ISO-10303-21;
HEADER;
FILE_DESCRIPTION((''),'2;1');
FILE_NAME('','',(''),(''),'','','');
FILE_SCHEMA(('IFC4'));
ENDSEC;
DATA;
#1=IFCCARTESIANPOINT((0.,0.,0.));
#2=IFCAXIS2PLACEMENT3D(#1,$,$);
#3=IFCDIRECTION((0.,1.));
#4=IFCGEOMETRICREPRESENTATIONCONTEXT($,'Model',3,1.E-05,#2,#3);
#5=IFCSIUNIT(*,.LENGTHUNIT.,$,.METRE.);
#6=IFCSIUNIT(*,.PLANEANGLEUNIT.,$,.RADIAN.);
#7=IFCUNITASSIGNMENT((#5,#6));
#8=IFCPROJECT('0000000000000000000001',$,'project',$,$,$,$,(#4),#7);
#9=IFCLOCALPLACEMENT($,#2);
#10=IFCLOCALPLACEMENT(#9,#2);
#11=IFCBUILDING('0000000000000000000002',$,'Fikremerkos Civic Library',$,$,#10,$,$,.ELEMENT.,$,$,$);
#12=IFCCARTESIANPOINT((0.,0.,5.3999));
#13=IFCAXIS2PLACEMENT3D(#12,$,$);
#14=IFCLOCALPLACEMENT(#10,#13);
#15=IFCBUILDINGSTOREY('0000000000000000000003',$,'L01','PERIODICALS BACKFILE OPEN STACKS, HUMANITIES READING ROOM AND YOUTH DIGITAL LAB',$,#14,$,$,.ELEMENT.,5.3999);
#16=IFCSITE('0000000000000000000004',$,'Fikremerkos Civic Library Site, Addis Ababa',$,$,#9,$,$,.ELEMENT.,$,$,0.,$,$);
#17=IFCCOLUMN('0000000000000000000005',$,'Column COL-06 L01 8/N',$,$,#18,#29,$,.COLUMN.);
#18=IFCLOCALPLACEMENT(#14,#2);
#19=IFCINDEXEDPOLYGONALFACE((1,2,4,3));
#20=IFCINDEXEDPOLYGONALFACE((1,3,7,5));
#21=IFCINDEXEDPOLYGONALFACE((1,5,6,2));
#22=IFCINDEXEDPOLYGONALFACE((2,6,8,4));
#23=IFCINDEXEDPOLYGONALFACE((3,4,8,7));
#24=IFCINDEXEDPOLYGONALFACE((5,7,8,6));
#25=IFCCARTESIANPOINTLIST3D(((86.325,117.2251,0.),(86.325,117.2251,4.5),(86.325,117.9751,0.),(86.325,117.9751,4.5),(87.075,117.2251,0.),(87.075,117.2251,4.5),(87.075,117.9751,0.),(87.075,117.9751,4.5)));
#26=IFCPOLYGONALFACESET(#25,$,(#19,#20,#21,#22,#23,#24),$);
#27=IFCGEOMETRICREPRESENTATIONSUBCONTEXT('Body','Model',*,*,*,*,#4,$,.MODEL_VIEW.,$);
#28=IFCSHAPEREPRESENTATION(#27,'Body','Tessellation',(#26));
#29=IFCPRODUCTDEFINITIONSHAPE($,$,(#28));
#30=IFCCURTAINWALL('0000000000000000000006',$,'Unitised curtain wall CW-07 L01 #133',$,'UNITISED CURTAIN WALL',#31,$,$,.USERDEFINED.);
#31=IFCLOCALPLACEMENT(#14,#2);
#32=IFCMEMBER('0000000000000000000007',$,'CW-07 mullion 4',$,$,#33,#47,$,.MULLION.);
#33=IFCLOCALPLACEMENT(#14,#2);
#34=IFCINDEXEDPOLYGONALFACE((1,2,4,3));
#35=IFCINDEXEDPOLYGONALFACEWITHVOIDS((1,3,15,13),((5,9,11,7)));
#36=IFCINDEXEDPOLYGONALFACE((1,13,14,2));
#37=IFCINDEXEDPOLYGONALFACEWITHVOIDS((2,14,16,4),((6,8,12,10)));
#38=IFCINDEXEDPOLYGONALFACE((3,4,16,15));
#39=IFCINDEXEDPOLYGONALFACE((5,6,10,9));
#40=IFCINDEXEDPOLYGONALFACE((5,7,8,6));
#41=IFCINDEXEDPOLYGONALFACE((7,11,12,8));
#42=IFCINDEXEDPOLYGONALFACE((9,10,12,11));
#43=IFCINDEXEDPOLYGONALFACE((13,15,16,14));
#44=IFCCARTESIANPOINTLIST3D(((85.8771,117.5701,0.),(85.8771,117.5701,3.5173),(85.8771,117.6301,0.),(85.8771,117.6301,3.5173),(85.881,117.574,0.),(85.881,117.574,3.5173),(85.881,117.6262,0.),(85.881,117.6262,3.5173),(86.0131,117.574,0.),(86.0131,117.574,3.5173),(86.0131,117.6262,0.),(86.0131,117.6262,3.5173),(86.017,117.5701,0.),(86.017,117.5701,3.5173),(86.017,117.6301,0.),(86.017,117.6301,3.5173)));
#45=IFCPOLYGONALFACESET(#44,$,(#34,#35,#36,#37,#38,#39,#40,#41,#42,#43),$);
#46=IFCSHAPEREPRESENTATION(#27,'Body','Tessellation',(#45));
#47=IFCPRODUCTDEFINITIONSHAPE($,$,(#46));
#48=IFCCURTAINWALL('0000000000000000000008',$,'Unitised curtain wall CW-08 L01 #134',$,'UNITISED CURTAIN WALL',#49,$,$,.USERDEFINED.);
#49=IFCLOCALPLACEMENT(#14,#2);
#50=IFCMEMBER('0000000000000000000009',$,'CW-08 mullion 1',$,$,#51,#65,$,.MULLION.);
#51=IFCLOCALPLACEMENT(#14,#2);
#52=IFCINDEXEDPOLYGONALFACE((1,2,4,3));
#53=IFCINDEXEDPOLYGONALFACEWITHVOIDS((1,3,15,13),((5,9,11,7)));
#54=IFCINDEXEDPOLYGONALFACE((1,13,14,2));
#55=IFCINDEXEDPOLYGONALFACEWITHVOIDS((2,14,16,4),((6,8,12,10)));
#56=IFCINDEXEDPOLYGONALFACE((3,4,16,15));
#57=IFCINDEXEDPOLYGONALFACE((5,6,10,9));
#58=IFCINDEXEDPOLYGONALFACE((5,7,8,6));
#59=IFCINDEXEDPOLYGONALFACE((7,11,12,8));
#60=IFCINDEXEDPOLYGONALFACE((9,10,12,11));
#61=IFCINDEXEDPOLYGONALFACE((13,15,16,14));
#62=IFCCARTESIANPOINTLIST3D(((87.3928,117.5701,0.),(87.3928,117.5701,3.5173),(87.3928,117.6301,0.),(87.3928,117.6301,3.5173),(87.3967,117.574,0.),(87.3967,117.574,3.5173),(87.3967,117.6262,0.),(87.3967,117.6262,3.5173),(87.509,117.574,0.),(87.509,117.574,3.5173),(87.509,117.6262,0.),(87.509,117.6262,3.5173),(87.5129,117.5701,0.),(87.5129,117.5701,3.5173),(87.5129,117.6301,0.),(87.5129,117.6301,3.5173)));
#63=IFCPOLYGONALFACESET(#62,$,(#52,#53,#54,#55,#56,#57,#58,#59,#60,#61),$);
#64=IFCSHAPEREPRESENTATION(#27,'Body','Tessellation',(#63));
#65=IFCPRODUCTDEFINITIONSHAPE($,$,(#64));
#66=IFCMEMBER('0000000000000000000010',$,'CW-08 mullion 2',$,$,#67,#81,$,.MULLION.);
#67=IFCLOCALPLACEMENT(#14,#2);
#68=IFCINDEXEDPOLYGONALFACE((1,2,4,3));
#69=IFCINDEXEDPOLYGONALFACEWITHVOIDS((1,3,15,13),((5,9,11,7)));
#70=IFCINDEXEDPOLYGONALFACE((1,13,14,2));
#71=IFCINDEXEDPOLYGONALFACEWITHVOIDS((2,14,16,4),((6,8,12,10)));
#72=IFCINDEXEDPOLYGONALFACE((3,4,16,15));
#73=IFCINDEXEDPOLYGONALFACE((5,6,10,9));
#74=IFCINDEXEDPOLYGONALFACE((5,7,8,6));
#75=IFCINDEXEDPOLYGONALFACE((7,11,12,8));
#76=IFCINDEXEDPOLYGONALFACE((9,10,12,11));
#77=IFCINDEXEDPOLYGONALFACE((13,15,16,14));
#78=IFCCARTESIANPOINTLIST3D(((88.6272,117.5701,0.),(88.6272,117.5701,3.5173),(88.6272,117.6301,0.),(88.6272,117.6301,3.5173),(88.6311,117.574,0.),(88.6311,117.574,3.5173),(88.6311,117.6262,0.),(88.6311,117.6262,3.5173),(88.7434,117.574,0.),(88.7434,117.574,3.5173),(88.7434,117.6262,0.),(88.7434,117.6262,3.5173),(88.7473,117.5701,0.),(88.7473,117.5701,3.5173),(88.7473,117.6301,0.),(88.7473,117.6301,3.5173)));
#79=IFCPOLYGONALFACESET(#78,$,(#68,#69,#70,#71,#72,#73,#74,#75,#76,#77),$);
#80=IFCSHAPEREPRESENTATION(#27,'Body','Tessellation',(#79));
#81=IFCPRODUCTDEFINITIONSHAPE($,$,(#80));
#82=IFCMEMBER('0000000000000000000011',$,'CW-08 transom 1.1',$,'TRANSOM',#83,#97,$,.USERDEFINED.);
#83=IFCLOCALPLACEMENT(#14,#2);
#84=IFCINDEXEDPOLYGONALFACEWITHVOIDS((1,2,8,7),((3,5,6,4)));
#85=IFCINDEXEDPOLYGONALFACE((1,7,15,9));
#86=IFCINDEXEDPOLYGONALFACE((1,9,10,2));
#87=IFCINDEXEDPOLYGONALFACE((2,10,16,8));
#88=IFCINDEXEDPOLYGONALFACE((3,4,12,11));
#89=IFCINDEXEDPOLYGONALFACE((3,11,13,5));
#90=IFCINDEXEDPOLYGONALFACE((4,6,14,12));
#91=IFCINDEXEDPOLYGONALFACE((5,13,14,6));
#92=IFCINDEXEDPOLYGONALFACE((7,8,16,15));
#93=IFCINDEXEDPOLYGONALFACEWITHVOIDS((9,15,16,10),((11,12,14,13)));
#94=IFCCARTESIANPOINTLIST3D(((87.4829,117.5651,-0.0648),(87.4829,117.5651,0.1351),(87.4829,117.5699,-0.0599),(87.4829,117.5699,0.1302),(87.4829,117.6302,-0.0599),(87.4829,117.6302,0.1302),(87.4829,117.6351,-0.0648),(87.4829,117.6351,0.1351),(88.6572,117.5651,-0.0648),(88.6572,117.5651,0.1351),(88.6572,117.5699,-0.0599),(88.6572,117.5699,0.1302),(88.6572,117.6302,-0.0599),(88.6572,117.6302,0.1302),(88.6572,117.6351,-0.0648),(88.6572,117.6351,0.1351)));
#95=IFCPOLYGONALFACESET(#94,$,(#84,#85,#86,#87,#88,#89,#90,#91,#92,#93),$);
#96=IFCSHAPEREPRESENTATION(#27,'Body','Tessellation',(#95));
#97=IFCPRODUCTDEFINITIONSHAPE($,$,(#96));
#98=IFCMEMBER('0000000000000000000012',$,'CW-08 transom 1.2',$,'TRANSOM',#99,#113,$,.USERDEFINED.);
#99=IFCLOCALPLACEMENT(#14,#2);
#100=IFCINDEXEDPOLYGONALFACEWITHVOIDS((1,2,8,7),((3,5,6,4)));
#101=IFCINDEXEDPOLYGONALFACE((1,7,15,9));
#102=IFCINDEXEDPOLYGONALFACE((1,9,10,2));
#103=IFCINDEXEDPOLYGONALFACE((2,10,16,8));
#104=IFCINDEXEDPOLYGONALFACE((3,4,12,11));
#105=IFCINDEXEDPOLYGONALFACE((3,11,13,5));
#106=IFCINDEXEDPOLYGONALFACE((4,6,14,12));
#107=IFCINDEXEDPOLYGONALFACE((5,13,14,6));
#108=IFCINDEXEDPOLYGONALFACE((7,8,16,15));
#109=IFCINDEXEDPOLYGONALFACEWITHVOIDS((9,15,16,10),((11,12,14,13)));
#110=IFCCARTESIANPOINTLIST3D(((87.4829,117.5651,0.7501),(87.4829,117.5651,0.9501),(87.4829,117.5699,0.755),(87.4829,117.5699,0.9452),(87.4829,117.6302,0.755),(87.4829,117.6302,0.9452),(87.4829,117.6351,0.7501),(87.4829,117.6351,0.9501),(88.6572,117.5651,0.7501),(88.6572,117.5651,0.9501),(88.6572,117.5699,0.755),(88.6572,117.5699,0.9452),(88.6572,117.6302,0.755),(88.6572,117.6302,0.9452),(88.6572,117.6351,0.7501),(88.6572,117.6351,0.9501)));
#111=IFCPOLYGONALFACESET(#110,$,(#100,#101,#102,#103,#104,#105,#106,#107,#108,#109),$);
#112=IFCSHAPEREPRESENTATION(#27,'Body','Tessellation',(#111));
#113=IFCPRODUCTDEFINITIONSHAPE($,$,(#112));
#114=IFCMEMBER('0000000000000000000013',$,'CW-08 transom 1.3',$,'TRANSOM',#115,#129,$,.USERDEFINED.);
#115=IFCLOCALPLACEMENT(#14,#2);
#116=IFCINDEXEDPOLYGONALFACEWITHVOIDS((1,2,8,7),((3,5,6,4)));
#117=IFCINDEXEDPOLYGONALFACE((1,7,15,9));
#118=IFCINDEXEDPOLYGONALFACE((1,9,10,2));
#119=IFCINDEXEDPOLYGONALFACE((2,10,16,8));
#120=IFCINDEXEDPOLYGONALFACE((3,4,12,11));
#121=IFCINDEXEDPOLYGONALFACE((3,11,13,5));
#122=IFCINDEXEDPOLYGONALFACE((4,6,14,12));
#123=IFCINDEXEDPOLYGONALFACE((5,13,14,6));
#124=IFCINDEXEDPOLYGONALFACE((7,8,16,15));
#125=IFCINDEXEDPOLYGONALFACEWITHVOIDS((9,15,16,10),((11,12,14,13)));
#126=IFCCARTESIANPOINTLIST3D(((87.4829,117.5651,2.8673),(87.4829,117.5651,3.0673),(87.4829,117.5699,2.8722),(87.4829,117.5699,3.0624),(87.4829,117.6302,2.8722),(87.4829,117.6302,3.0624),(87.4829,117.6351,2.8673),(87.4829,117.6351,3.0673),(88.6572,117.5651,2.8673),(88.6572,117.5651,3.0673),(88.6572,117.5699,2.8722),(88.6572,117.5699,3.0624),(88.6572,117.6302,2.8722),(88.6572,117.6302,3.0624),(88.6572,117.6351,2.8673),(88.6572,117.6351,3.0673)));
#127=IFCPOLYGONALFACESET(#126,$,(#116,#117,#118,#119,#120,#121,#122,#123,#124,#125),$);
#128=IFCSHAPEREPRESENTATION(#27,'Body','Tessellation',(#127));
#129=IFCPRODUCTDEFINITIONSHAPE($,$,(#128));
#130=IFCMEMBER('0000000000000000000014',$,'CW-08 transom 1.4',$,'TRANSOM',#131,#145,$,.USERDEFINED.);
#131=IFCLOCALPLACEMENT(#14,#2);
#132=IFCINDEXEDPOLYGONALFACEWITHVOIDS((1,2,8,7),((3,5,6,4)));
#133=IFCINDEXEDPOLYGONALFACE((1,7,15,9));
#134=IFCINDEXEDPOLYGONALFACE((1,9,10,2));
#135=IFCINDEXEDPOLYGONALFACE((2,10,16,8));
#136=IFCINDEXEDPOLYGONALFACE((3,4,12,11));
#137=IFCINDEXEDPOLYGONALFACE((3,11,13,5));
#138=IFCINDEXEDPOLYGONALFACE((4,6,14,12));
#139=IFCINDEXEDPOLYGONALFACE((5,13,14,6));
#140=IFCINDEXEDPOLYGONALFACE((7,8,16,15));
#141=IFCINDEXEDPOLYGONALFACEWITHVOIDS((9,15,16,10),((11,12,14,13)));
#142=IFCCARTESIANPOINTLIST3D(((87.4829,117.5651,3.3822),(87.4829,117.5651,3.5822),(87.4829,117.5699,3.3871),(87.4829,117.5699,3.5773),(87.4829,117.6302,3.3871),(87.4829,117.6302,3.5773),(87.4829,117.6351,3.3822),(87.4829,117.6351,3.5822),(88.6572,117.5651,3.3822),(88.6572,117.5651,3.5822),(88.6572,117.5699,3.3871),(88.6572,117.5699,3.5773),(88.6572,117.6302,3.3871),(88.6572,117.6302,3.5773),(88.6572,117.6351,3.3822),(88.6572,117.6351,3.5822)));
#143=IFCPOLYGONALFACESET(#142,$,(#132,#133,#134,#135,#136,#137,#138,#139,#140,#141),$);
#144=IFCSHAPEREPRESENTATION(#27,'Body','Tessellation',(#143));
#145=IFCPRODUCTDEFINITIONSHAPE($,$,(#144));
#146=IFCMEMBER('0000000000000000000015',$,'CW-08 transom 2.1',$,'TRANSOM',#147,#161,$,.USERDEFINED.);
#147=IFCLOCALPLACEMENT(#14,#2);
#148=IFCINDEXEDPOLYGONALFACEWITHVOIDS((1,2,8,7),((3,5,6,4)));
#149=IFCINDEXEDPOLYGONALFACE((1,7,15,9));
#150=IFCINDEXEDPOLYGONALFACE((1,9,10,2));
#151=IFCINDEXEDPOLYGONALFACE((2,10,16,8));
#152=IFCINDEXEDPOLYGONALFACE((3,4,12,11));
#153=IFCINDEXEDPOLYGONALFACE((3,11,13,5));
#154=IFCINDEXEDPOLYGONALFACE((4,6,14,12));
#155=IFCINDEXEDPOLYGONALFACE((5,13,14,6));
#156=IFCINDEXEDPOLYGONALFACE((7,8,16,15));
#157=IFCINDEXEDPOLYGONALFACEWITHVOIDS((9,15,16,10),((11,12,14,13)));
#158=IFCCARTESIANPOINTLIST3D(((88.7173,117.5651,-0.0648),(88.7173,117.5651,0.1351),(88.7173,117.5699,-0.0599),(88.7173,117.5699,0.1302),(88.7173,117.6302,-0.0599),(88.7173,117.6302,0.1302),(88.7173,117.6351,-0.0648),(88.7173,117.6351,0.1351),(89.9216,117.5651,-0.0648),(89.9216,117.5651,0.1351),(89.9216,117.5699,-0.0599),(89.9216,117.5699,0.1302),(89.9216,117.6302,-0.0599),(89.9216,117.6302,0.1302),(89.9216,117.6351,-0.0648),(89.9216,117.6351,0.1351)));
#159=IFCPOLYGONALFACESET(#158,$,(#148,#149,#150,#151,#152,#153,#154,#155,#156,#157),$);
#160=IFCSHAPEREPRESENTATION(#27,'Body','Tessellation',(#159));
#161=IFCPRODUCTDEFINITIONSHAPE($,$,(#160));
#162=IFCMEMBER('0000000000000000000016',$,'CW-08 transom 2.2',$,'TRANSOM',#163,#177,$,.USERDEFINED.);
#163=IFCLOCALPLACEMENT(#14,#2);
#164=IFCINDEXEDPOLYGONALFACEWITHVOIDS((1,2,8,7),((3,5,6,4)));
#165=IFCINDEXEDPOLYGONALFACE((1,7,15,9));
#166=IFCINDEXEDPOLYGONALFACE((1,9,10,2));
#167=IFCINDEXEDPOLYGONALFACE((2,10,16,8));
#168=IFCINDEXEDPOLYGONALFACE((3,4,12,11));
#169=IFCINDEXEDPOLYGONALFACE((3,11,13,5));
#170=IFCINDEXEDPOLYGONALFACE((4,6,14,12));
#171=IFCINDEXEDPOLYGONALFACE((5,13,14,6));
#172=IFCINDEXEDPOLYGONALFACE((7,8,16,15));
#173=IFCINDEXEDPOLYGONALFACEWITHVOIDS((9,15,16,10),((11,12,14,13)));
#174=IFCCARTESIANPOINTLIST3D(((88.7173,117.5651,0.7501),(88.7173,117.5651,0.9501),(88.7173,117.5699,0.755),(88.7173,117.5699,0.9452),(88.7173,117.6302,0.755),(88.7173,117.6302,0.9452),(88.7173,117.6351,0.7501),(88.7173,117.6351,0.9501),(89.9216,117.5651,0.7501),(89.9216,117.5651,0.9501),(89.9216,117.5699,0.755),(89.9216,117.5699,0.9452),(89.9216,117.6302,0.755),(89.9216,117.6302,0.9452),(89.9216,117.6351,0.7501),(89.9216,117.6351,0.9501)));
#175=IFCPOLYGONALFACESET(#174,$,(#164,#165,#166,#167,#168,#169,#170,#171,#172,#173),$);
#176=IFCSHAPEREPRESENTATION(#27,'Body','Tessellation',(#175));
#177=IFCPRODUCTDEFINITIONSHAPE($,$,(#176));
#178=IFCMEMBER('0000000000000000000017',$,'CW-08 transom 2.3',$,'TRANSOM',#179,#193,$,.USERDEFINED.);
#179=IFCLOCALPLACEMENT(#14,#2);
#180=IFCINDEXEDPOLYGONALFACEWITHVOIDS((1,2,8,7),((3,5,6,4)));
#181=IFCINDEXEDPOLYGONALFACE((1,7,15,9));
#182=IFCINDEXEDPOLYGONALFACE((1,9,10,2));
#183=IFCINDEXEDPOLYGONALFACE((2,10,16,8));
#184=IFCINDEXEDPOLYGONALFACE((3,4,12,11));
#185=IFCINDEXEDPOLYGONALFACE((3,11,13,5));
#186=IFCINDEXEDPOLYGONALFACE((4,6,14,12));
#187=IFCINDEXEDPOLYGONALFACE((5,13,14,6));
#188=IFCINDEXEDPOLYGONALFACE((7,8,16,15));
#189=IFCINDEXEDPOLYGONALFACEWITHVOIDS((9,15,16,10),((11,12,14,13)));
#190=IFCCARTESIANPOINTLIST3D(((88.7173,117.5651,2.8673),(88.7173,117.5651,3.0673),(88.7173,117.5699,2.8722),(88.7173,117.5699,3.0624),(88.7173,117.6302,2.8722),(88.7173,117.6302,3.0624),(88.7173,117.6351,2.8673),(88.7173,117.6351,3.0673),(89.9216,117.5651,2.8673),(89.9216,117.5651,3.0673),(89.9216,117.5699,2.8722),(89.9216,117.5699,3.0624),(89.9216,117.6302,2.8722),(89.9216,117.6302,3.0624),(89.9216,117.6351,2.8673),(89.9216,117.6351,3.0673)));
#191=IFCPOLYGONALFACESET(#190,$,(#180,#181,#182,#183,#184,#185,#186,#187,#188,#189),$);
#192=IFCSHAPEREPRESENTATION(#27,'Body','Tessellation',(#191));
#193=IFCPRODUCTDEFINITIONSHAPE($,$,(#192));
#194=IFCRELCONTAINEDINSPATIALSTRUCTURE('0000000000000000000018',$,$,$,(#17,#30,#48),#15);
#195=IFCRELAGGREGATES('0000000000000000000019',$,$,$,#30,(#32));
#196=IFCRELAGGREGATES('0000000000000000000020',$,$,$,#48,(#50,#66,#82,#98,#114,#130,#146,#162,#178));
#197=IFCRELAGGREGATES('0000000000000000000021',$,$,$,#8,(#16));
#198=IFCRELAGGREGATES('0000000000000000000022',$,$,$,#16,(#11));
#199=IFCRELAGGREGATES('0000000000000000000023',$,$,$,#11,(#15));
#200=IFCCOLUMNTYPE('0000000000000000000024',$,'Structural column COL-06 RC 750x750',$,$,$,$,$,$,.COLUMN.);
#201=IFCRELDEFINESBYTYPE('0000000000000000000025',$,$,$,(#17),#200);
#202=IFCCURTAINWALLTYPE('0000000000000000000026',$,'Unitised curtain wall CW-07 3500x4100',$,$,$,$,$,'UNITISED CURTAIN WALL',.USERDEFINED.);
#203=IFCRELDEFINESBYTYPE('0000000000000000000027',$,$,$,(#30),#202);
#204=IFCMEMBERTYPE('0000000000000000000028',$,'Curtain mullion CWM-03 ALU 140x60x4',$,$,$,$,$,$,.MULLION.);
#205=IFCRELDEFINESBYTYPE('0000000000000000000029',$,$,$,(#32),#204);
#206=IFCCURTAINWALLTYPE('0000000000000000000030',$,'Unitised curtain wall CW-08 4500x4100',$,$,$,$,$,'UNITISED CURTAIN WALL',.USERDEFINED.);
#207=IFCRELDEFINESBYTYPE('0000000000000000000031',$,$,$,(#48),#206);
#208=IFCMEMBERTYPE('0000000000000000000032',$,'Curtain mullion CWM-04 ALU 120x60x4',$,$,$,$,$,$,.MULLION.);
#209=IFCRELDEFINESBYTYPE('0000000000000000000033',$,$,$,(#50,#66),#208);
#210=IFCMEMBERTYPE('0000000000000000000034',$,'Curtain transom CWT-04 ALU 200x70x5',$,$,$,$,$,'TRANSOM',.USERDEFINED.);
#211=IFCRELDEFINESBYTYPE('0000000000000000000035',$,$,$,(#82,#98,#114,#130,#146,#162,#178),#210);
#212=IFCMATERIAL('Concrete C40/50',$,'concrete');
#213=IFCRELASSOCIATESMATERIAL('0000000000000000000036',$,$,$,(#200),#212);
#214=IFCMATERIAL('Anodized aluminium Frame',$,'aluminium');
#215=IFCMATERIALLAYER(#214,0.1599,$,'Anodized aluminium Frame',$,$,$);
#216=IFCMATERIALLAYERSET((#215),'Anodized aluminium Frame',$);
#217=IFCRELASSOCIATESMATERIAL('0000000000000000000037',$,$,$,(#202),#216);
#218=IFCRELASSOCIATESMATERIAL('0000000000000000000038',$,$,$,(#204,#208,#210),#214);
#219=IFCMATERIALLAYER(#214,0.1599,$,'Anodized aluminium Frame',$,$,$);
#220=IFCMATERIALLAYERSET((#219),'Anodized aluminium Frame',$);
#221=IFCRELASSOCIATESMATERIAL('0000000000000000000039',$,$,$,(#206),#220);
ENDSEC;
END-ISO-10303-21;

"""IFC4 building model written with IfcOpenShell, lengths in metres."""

from ifc_helpers import new_model, si_unit, direction, frame, origin, origin_2d, place, context, subcontext, project, spatial, rectangle, hollow_rectangle, extrude, material, layer, layer_set, material_profile, profile_set, type_object, element, aggregate, save


model = new_model("IFC4")

# Units and contexts
model_context = context("Model", 3, precision=1e-05, world=origin(), true_north=direction((0.0, 1.0)))
body_context = subcontext(model_context, "Body", "Model", "MODEL_VIEW")
ifc_project = project(units=[si_unit("LENGTHUNIT", "METRE"), si_unit("PLANEANGLEUNIT", "RADIAN")], contexts=[model_context])

# Site, building, storey
site_placement = place(None, origin())
site = spatial("IfcSite", under=ifc_project, at=site_placement, Name="Fikremerkos Civic Library Site, Addis Ababa", CompositionType="ELEMENT", RefElevation=0.0)
building_placement = place(site_placement, origin())
building = spatial("IfcBuilding", under=site, at=building_placement, Name="Fikremerkos Civic Library", CompositionType="ELEMENT")
storey_placement = place(building_placement, frame((0.0, 0.0, 5.3999)))
storey = spatial("IfcBuildingStorey", under=building, at=storey_placement, Name="L01", Description="PERIODICALS BACKFILE OPEN STACKS, HUMANITIES READING ROOM AND YOUTH DIGITAL LAB", CompositionType="ELEMENT", Elevation=5.3999)

# Column
ifc_material_1 = material(Name="Concrete C40/50", Category="concrete")
ifc_material_profile_1 = material_profile(ifc_material_1, rectangle(XDim=0.75, YDim=0.75, at=origin_2d()), Name="RC 750x750")
ifc_profile_set_1 = profile_set([ifc_material_profile_1], Name="Concrete C40/50")
column_type = type_object("IfcColumnType", Name="Structural column COL-06 RC 750x750", PredefinedType="COLUMN", material=ifc_profile_set_1)
column_placement = place(storey_placement, frame((86.7, 117.6001, 0.0), z_axis=(0.0, 0.0, 1.0), x_axis=(1.0, 0.0, 0.0)))
element("IfcColumn", 1, at=column_placement, inside=storey, type_object=column_type, Name="Column COL-06 L01 8/N", PredefinedType="COLUMN", context=body_context, shape_type="SweptSolid", body=[
    extrude(rectangle(XDim=0.75, YDim=0.75, at=origin_2d()), origin(), (0.0, 0.0, 1.0), 4.5),
])

# Curtain wall, member
ifc_material_2 = material(Name="Anodized aluminium Frame", Category="aluminium")
ifc_layer_1 = layer(ifc_material_2, 0.1599, Name="Anodized aluminium Frame")
ifc_layer_set_1 = layer_set([ifc_layer_1], Name="Anodized aluminium Frame")
curtain_wall_type_1 = type_object("IfcCurtainWallType", Name="Unitised curtain wall CW-07 3500x4100", ElementType="UNITISED CURTAIN WALL", PredefinedType="USERDEFINED", material=ifc_layer_set_1)
curtain_wall_1_placement = place(storey_placement, origin())
curtain_wall_1 = element("IfcCurtainWall", 2, at=curtain_wall_1_placement, inside=storey, type_object=curtain_wall_type_1, Name="Unitised curtain wall CW-07 L01 #133", ObjectType="UNITISED CURTAIN WALL", PredefinedType="USERDEFINED")
ifc_material_profile_2 = material_profile(ifc_material_2, hollow_rectangle(XDim=0.0601, YDim=0.1399, WallThickness=0.0039, at=origin_2d()), Name="ALU 140x60x4")
ifc_profile_set_2 = profile_set([ifc_material_profile_2], Name="Anodized aluminium Frame")
member_type_1 = type_object("IfcMemberType", Name="Curtain mullion CWM-03 ALU 140x60x4", PredefinedType="MULLION", material=ifc_profile_set_2)
member_1_placement = place(storey_placement, frame((85.947, 117.6001, 0.0), z_axis=(0.0, 0.0, 1.0), x_axis=(0.0, 1.0, 0.0)))
member_1 = element("IfcMember", 3, at=member_1_placement, type_object=member_type_1, Name="CW-07 mullion 4", PredefinedType="MULLION", context=body_context, shape_type="SweptSolid", body=[
    extrude(hollow_rectangle(XDim=0.0601, YDim=0.1399, WallThickness=0.0039, at=origin_2d()), origin(), (0.0, 0.0, 1.0), 3.5173),
])

# Curtain wall, members
ifc_layer_2 = layer(ifc_material_2, 0.1599, Name="Anodized aluminium Frame")
ifc_layer_set_2 = layer_set([ifc_layer_2], Name="Anodized aluminium Frame")
curtain_wall_type_2 = type_object("IfcCurtainWallType", Name="Unitised curtain wall CW-08 4500x4100", ElementType="UNITISED CURTAIN WALL", PredefinedType="USERDEFINED", material=ifc_layer_set_2)
curtain_wall_2_placement = place(storey_placement, origin())
curtain_wall_2 = element("IfcCurtainWall", 4, at=curtain_wall_2_placement, inside=storey, type_object=curtain_wall_type_2, Name="Unitised curtain wall CW-08 L01 #134", ObjectType="UNITISED CURTAIN WALL", PredefinedType="USERDEFINED")
ifc_material_profile_3 = material_profile(ifc_material_2, hollow_rectangle(XDim=0.0601, YDim=0.1201, WallThickness=0.0039, at=origin_2d()), Name="ALU 120x60x4")
ifc_profile_set_3 = profile_set([ifc_material_profile_3], Name="Anodized aluminium Frame")
member_type_2 = type_object("IfcMemberType", Name="Curtain mullion CWM-04 ALU 120x60x4", PredefinedType="MULLION", material=ifc_profile_set_3)
member_2_placement = place(storey_placement, frame((87.4529, 117.6001, 0.0), z_axis=(0.0, 0.0, 1.0), x_axis=(0.0, 1.0, 0.0)))
member_2 = element("IfcMember", 5, at=member_2_placement, type_object=member_type_2, Name="CW-08 mullion 1", PredefinedType="MULLION", context=body_context, shape_type="SweptSolid", body=[
    extrude(hollow_rectangle(XDim=0.0601, YDim=0.1201, WallThickness=0.0039, at=origin_2d()), origin(), (0.0, 0.0, 1.0), 3.5173),
])
member_3_placement = place(storey_placement, frame((88.6873, 117.6001, 0.0), z_axis=(0.0, 0.0, 1.0), x_axis=(0.0, 1.0, 0.0)))
member_3 = element("IfcMember", 6, at=member_3_placement, type_object=member_type_2, Name="CW-08 mullion 2", PredefinedType="MULLION", context=body_context, shape_type="SweptSolid", body=[
    extrude(hollow_rectangle(XDim=0.0601, YDim=0.1201, WallThickness=0.0039, at=origin_2d()), origin(), (0.0, 0.0, 1.0), 3.5173),
])
ifc_material_profile_4 = material_profile(ifc_material_2, hollow_rectangle(XDim=0.0701, YDim=0.2, WallThickness=0.0049, at=origin_2d()), Name="ALU 200x70x5")
ifc_profile_set_4 = profile_set([ifc_material_profile_4], Name="Anodized aluminium Frame")
member_type_3 = type_object("IfcMemberType", Name="Curtain transom CWT-04 ALU 200x70x5", ElementType="TRANSOM", PredefinedType="USERDEFINED", material=ifc_profile_set_4)
member_4_placement = place(storey_placement, frame((87.4829, 117.6001, 0.0352), z_axis=(1.0, 0.0, 0.0), x_axis=(0.0, 1.0, 0.0)))
member_4 = element("IfcMember", 7, at=member_4_placement, type_object=member_type_3, Name="CW-08 transom 1.1", ObjectType="TRANSOM", PredefinedType="USERDEFINED", context=body_context, shape_type="SweptSolid", body=[
    extrude(hollow_rectangle(XDim=0.0701, YDim=0.2, WallThickness=0.0049, at=origin_2d()), origin(), (0.0, 0.0, 1.0), 1.1743),
])
member_5_placement = place(storey_placement, frame((87.4829, 117.6001, 0.8501), z_axis=(1.0, 0.0, 0.0), x_axis=(0.0, 1.0, 0.0)))
member_5 = element("IfcMember", 8, at=member_5_placement, type_object=member_type_3, Name="CW-08 transom 1.2", ObjectType="TRANSOM", PredefinedType="USERDEFINED", context=body_context, shape_type="SweptSolid", body=[
    extrude(hollow_rectangle(XDim=0.0701, YDim=0.2, WallThickness=0.0049, at=origin_2d()), origin(), (0.0, 0.0, 1.0), 1.1743),
])
member_6_placement = place(storey_placement, frame((87.4829, 117.6001, 2.9673), z_axis=(1.0, 0.0, 0.0), x_axis=(0.0, 1.0, 0.0)))
member_6 = element("IfcMember", 9, at=member_6_placement, type_object=member_type_3, Name="CW-08 transom 1.3", ObjectType="TRANSOM", PredefinedType="USERDEFINED", context=body_context, shape_type="SweptSolid", body=[
    extrude(hollow_rectangle(XDim=0.0701, YDim=0.2, WallThickness=0.0049, at=origin_2d()), origin(), (0.0, 0.0, 1.0), 1.1743),
])
member_7_placement = place(storey_placement, frame((87.4829, 117.6001, 3.4822), z_axis=(1.0, 0.0, 0.0), x_axis=(0.0, 1.0, 0.0)))
member_7 = element("IfcMember", 10, at=member_7_placement, type_object=member_type_3, Name="CW-08 transom 1.4", ObjectType="TRANSOM", PredefinedType="USERDEFINED", context=body_context, shape_type="SweptSolid", body=[
    extrude(hollow_rectangle(XDim=0.0701, YDim=0.2, WallThickness=0.0049, at=origin_2d()), origin(), (0.0, 0.0, 1.0), 1.1743),
])
member_8_placement = place(storey_placement, frame((88.7173, 117.6001, 0.0352), z_axis=(1.0, 0.0, 0.0), x_axis=(0.0, 1.0, 0.0)))
member_8 = element("IfcMember", 11, at=member_8_placement, type_object=member_type_3, Name="CW-08 transom 2.1", ObjectType="TRANSOM", PredefinedType="USERDEFINED", context=body_context, shape_type="SweptSolid", body=[
    extrude(hollow_rectangle(XDim=0.0701, YDim=0.2, WallThickness=0.0049, at=origin_2d()), origin(), (0.0, 0.0, 1.0), 1.2043),
])
member_9_placement = place(storey_placement, frame((88.7173, 117.6001, 0.8501), z_axis=(1.0, 0.0, 0.0), x_axis=(0.0, 1.0, 0.0)))
member_9 = element("IfcMember", 12, at=member_9_placement, type_object=member_type_3, Name="CW-08 transom 2.2", ObjectType="TRANSOM", PredefinedType="USERDEFINED", context=body_context, shape_type="SweptSolid", body=[
    extrude(hollow_rectangle(XDim=0.0701, YDim=0.2, WallThickness=0.0049, at=origin_2d()), origin(), (0.0, 0.0, 1.0), 1.2043),
])
member_10_placement = place(storey_placement, frame((88.7173, 117.6001, 2.9673), z_axis=(1.0, 0.0, 0.0), x_axis=(0.0, 1.0, 0.0)))
member_10 = element("IfcMember", 13, at=member_10_placement, type_object=member_type_3, Name="CW-08 transom 2.3", ObjectType="TRANSOM", PredefinedType="USERDEFINED", context=body_context, shape_type="SweptSolid", body=[
    extrude(hollow_rectangle(XDim=0.0701, YDim=0.2, WallThickness=0.0049, at=origin_2d()), origin(), (0.0, 0.0, 1.0), 1.2043),
])

aggregate(curtain_wall_1, [member_1])
aggregate(curtain_wall_2, [member_2, member_3, member_4, member_5, member_6, member_7, member_8, member_9, member_10])

save(model, "model.ifc")
